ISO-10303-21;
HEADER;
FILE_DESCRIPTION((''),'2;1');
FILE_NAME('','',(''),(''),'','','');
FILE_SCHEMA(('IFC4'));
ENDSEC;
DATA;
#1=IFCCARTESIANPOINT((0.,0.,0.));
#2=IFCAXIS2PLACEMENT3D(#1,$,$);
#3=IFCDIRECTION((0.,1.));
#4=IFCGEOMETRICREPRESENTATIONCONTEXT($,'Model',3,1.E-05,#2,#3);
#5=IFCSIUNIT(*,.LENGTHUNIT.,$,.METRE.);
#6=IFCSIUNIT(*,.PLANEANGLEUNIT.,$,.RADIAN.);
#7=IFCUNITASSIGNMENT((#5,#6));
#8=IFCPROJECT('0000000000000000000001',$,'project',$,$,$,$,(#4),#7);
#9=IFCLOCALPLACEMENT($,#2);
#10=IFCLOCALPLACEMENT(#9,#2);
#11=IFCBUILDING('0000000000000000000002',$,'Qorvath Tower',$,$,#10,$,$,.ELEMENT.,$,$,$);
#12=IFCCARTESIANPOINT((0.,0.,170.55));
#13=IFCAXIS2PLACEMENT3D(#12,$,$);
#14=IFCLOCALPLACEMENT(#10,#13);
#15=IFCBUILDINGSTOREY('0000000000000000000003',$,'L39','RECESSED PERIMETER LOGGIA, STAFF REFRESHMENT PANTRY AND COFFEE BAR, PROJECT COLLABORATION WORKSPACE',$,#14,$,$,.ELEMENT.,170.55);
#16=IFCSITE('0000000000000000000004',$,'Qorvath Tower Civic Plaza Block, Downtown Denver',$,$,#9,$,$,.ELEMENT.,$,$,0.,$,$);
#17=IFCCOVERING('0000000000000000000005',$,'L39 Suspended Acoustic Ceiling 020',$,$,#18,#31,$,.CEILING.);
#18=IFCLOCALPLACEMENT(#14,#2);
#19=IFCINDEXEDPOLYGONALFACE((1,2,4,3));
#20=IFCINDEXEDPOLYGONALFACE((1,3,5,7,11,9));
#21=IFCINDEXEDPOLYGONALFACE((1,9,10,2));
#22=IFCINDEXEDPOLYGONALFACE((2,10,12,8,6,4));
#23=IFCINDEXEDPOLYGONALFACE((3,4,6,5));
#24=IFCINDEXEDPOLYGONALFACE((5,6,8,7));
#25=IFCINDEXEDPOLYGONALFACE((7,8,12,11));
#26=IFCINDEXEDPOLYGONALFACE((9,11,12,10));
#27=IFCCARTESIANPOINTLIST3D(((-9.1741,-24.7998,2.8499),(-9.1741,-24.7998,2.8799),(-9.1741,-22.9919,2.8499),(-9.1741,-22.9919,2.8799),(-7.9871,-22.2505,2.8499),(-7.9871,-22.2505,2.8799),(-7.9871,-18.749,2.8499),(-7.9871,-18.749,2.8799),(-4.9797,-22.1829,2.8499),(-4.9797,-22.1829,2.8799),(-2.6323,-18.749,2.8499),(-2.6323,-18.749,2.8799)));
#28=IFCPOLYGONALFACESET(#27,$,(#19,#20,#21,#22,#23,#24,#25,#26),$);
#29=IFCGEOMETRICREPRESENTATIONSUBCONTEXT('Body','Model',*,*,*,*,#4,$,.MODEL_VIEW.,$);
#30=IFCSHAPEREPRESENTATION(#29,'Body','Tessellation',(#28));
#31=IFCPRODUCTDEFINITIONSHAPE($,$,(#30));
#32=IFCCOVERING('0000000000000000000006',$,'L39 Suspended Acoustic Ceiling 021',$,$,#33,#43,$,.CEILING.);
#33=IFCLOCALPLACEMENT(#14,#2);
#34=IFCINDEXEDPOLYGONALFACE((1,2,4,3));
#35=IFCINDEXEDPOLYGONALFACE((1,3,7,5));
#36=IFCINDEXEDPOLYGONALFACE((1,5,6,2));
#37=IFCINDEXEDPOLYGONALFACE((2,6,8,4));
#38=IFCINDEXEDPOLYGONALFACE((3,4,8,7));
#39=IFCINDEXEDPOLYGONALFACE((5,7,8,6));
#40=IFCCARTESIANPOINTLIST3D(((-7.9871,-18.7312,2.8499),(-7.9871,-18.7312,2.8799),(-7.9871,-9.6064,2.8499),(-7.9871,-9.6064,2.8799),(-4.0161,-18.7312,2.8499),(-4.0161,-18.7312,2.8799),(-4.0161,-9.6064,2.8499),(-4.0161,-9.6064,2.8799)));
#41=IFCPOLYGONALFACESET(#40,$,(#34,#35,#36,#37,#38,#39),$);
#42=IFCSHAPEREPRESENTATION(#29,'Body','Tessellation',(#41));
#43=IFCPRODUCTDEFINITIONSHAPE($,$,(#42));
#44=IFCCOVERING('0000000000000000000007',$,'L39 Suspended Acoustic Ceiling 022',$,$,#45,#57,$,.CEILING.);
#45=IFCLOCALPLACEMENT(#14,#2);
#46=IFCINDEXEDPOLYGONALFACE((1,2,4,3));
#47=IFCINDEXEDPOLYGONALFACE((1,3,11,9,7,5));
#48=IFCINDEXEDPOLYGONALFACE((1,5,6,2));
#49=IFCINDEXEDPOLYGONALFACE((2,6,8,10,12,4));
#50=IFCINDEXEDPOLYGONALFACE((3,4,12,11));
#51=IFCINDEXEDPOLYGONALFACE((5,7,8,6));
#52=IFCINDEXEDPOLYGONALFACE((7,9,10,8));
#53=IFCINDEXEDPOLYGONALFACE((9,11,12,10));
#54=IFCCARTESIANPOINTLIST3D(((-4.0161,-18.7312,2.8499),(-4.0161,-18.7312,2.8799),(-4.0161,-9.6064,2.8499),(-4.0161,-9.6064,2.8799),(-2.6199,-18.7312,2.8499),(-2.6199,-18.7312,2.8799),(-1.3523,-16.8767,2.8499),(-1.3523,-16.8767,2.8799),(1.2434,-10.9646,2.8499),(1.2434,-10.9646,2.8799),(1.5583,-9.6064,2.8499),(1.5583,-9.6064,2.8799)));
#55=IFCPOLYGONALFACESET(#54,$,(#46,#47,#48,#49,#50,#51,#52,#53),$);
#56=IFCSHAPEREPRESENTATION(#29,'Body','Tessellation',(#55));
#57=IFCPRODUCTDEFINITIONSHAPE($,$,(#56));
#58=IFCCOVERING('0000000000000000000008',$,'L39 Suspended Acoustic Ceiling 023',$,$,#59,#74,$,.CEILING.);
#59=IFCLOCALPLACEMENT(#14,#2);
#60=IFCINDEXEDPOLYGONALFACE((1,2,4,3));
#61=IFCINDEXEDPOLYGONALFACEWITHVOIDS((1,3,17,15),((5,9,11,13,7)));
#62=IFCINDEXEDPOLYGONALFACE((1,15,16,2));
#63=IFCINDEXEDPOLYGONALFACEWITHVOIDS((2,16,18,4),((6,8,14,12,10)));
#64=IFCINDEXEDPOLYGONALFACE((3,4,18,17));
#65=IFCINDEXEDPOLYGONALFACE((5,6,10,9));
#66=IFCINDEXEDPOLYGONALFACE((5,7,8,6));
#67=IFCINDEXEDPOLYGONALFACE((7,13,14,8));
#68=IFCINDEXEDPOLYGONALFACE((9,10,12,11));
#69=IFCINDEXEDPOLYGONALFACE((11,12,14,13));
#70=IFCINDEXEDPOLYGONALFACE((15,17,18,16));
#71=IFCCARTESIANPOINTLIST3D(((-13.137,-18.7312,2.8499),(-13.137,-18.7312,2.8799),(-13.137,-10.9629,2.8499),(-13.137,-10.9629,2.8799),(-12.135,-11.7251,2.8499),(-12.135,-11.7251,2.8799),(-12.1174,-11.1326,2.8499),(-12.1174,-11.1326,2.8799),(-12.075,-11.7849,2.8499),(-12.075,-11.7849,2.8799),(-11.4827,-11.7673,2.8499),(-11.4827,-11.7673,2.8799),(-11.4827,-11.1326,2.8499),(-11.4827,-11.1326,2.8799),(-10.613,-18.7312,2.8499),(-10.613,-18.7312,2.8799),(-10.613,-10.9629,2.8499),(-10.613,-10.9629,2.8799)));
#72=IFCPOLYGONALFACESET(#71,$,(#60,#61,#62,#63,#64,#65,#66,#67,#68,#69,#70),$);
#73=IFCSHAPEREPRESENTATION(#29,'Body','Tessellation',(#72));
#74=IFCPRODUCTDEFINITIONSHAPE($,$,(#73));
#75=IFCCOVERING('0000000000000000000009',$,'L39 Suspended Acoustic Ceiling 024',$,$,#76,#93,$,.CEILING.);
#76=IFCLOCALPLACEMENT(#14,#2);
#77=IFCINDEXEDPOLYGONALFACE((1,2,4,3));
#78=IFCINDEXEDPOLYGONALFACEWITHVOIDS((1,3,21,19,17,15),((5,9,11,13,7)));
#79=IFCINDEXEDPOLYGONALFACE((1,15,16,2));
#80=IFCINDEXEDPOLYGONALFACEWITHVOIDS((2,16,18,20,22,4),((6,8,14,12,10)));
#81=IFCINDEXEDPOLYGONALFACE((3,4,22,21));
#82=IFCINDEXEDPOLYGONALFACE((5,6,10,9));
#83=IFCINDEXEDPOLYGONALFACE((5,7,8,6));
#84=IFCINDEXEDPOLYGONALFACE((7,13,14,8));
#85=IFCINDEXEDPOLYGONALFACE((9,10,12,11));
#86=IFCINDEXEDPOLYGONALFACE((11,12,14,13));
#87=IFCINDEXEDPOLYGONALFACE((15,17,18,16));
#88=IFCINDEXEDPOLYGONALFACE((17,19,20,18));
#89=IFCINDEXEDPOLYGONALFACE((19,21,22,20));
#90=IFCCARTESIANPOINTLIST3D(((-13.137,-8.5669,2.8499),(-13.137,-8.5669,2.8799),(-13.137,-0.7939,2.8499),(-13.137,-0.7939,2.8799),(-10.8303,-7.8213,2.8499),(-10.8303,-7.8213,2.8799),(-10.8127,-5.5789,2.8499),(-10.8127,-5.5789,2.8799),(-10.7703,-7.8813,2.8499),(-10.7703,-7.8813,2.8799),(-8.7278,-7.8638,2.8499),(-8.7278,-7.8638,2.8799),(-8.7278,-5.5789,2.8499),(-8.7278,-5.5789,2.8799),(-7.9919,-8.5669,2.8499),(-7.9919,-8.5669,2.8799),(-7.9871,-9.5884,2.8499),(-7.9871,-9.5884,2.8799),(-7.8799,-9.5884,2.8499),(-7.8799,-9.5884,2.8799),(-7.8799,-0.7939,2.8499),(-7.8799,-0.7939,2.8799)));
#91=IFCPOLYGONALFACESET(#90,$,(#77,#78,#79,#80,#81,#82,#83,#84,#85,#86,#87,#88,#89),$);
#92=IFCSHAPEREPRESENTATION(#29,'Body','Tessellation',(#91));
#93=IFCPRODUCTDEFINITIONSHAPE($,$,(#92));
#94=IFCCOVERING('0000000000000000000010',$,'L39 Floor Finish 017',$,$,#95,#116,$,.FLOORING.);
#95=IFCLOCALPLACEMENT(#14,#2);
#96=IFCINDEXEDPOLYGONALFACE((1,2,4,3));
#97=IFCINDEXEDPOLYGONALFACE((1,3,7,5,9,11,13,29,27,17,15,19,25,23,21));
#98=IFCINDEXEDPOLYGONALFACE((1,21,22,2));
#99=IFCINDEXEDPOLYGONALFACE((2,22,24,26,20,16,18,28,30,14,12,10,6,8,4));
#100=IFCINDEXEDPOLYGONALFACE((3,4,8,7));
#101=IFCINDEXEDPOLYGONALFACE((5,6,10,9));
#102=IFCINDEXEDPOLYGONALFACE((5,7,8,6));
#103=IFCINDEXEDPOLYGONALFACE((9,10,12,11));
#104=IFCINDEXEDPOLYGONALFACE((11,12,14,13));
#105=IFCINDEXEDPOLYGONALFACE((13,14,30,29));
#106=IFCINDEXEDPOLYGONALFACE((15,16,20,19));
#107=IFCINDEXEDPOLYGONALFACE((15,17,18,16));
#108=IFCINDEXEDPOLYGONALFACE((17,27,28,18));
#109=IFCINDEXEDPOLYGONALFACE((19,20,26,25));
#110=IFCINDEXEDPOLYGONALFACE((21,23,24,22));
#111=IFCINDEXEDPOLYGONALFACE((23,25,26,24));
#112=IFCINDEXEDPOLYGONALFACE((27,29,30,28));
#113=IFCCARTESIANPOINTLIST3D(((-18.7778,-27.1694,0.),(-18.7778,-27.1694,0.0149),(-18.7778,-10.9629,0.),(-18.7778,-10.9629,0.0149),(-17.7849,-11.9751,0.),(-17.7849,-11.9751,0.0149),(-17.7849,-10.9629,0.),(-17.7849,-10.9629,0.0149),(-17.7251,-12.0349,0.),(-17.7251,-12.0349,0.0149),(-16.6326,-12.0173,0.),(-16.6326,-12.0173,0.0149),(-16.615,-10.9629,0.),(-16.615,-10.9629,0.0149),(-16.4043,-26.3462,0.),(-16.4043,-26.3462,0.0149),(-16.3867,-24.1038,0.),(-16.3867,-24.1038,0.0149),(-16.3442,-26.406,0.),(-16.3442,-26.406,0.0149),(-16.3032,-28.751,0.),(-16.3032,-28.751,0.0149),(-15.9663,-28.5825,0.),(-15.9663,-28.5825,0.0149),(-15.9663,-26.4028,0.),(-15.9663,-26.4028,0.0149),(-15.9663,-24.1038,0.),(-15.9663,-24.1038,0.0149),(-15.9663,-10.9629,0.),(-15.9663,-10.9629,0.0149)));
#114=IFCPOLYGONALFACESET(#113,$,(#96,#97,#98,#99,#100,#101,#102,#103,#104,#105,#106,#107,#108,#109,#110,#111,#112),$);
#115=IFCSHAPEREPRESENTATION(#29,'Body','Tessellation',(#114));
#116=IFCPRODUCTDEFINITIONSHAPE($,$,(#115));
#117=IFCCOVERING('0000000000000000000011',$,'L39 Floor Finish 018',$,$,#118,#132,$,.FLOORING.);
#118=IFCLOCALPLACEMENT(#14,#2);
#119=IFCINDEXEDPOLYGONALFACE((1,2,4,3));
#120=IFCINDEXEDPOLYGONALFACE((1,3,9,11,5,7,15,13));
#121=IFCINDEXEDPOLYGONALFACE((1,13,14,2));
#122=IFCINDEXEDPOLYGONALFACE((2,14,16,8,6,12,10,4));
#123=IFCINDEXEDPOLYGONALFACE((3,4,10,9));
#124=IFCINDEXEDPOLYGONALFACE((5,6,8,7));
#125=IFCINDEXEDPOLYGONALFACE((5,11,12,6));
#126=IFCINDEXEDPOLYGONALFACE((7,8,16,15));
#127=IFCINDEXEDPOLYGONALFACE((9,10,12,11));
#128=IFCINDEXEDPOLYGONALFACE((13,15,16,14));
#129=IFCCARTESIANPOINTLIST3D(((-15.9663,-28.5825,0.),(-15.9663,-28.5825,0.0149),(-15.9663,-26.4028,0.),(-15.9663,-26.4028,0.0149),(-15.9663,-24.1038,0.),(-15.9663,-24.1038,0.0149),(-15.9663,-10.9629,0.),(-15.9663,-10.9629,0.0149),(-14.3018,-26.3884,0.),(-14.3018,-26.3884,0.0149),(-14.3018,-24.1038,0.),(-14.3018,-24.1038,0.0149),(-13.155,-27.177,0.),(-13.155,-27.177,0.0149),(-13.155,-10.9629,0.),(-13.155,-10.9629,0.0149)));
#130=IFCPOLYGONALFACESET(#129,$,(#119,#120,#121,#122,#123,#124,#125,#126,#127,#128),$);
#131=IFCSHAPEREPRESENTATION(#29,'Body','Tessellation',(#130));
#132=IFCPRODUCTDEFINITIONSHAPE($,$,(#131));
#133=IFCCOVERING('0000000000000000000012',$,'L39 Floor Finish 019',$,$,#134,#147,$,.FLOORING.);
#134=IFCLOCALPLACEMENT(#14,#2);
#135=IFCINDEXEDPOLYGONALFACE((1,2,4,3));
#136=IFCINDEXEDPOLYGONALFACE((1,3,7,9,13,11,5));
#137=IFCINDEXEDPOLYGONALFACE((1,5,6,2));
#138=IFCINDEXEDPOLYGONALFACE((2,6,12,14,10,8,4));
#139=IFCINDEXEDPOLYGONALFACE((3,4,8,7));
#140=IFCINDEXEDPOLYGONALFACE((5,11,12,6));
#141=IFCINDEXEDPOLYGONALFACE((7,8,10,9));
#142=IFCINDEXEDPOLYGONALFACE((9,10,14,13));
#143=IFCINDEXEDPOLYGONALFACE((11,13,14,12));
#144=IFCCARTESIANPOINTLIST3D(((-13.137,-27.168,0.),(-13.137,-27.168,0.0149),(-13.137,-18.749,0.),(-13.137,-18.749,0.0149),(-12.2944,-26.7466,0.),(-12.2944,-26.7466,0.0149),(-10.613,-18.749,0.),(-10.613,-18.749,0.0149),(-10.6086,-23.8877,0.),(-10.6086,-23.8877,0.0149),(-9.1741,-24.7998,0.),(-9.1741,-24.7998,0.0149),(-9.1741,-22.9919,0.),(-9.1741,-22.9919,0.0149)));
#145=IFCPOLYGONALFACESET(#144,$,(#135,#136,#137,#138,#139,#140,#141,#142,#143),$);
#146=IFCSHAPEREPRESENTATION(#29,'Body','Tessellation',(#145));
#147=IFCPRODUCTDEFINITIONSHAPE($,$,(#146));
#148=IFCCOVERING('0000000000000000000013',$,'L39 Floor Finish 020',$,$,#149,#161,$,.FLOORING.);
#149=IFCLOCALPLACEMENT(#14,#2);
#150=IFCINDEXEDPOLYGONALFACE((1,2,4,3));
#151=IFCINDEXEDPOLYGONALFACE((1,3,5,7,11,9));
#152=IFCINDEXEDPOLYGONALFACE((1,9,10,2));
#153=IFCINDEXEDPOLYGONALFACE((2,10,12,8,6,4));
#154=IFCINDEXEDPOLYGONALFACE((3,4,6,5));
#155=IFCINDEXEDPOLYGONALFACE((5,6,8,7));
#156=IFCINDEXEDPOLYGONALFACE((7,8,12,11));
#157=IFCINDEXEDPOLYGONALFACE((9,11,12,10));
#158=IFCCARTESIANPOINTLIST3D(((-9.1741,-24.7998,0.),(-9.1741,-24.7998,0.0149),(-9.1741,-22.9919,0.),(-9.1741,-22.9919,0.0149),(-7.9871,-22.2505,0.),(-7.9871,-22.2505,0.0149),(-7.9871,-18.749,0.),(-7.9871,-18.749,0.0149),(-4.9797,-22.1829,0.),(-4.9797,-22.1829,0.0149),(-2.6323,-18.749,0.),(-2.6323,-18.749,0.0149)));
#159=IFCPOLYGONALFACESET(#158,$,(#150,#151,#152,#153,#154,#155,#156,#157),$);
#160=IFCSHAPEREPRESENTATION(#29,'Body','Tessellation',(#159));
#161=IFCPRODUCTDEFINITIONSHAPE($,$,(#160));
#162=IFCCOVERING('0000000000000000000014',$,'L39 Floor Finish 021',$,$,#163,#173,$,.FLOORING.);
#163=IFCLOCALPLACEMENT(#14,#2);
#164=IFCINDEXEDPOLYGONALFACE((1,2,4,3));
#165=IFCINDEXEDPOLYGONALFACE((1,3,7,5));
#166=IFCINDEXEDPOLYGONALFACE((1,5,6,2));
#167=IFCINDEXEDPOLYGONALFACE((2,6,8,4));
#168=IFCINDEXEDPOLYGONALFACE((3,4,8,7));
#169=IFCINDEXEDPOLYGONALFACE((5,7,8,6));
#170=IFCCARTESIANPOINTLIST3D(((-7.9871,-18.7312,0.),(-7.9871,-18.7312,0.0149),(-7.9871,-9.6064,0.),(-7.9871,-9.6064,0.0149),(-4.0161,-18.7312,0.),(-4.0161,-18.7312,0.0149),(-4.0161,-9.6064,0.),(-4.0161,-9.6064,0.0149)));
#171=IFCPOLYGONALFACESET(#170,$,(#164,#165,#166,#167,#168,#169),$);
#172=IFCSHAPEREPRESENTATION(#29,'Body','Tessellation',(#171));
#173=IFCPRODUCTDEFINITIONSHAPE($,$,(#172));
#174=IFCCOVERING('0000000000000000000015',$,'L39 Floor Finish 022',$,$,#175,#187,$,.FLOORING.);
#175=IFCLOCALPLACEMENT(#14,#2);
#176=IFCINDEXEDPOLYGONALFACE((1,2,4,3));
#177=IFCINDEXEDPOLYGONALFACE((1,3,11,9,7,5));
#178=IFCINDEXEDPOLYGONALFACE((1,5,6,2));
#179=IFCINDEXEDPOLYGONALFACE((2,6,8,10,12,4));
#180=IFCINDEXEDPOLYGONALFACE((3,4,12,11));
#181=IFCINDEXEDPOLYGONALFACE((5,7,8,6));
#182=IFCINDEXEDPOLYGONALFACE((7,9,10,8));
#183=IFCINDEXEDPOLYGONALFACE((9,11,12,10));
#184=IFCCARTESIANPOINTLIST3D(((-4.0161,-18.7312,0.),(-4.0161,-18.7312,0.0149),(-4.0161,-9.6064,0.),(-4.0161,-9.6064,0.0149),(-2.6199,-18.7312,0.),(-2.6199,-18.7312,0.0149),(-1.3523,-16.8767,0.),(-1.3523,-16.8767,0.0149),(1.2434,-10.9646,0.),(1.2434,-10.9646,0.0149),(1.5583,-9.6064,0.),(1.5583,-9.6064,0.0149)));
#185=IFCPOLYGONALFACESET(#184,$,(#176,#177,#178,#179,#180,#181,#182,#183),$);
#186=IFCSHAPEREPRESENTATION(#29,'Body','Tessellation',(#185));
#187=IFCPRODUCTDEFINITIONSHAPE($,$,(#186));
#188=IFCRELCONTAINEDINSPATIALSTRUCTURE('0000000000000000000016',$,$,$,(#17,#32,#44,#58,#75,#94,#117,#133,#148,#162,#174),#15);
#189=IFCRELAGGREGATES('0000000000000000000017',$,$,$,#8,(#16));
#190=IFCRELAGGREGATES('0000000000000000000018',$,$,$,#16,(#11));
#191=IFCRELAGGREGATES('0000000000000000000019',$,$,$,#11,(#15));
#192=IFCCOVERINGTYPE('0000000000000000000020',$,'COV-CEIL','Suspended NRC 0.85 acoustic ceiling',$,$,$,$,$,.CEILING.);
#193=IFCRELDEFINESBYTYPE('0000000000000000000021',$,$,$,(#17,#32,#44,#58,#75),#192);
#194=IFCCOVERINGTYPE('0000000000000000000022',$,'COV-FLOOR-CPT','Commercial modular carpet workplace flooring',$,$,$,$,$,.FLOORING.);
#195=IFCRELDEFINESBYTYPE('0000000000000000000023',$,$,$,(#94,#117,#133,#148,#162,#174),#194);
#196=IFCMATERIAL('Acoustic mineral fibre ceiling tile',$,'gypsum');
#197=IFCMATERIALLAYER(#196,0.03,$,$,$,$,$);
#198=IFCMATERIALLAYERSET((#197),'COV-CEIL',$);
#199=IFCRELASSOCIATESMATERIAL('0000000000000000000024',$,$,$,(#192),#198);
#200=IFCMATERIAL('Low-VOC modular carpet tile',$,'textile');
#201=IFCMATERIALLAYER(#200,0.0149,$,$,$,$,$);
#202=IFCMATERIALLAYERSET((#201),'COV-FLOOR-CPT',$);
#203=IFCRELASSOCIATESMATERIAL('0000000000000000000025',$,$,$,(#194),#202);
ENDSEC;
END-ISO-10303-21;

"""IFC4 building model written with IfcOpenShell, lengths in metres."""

from ifc_helpers import new_model, si_unit, direction, frame, origin, place, context, subcontext, project, spatial, polyline, outline, extrude, material, layer, layer_set, type_object, element, save


model = new_model("IFC4")

# Units and contexts
model_context = context("Model", 3, precision=1e-05, world=origin(), true_north=direction((0.0, 1.0)))
body_context = subcontext(model_context, "Body", "Model", "MODEL_VIEW")
ifc_project = project(units=[si_unit("LENGTHUNIT", "METRE"), si_unit("PLANEANGLEUNIT", "RADIAN")], contexts=[model_context])

# Site, building, storey
site_placement = place(None, origin())
site = spatial("IfcSite", under=ifc_project, at=site_placement, Name="Qorvath Tower Civic Plaza Block, Downtown Denver", CompositionType="ELEMENT", RefElevation=0.0)
building_placement = place(site_placement, origin())
building = spatial("IfcBuilding", under=site, at=building_placement, Name="Qorvath Tower", CompositionType="ELEMENT")
storey_placement = place(building_placement, frame((0.0, 0.0, 170.55)))
storey = spatial("IfcBuildingStorey", under=building, at=storey_placement, Name="L39", Description="RECESSED PERIMETER LOGGIA, STAFF REFRESHMENT PANTRY AND COFFEE BAR, PROJECT COLLABORATION WORKSPACE", CompositionType="ELEMENT", Elevation=170.55)

# Coverings
ifc_material_1 = material(Name="Acoustic mineral fibre ceiling tile", Category="gypsum")
ifc_layer_1 = layer(ifc_material_1, 0.03)
ifc_layer_set_1 = layer_set([ifc_layer_1], Name="COV-CEIL")
covering_type_1 = type_object("IfcCoveringType", Name="COV-CEIL", Description="Suspended NRC 0.85 acoustic ceiling", PredefinedType="CEILING", material=ifc_layer_set_1)
covering_1_placement = place(storey_placement, frame((0.0, 0.0, 2.8499)))
element("IfcCovering", 1, at=covering_1_placement, inside=storey, type_object=covering_type_1, Name="L39 Suspended Acoustic Ceiling 020", PredefinedType="CEILING", context=body_context, shape_type="SweptSolid", body=[
    extrude(outline(polyline([(-9.1741, -22.9919), (-9.1741, -24.7998), (-4.9797, -22.1829), (-2.6323, -18.749), (-7.9871, -18.749), (-7.9871, -22.2505), (-9.1741, -22.9919)])), origin(), (0.0, 0.0, 1.0), 0.03),
])
covering_2_placement = place(storey_placement, frame((0.0, 0.0, 2.8499)))
element("IfcCovering", 2, at=covering_2_placement, inside=storey, type_object=covering_type_1, Name="L39 Suspended Acoustic Ceiling 021", PredefinedType="CEILING", context=body_context, shape_type="SweptSolid", body=[
    extrude(outline(polyline([(-7.9871, -18.7312), (-4.0161, -18.7312), (-4.0161, -9.6064), (-7.9871, -9.6064), (-7.9871, -18.7312)])), origin(), (0.0, 0.0, 1.0), 0.03),
])
covering_3_placement = place(storey_placement, frame((0.0, 0.0, 2.8499)))
element("IfcCovering", 3, at=covering_3_placement, inside=storey, type_object=covering_type_1, Name="L39 Suspended Acoustic Ceiling 022", PredefinedType="CEILING", context=body_context, shape_type="SweptSolid", body=[
    extrude(outline(polyline([(-4.0161, -9.6064), (-4.0161, -18.7312), (-2.6199, -18.7312), (-1.3523, -16.8767), (1.2434, -10.9646), (1.5583, -9.6064), (-4.0161, -9.6064)])), origin(), (0.0, 0.0, 1.0), 0.03),
])
covering_4_placement = place(storey_placement, frame((0.0, 0.0, 2.8499)))
element("IfcCovering", 4, at=covering_4_placement, inside=storey, type_object=covering_type_1, Name="L39 Suspended Acoustic Ceiling 023", PredefinedType="CEILING", context=body_context, shape_type="SweptSolid", body=[
    extrude(outline(polyline([(-13.137, -10.9629), (-13.137, -18.7312), (-10.613, -18.7312), (-10.613, -10.9629), (-13.137, -10.9629)]), holes=[polyline([(-12.1174, -11.1326), (-11.4827, -11.1326), (-11.4827, -11.7673), (-12.075, -11.7849), (-12.135, -11.7251), (-12.1174, -11.1326)])]), origin(), (0.0, 0.0, 1.0), 0.03),
])
covering_5_placement = place(storey_placement, frame((0.0, 0.0, 2.8499)))
element("IfcCovering", 5, at=covering_5_placement, inside=storey, type_object=covering_type_1, Name="L39 Suspended Acoustic Ceiling 024", PredefinedType="CEILING", context=body_context, shape_type="SweptSolid", body=[
    extrude(outline(polyline([(-7.8799, -9.5884), (-7.8799, -0.7939), (-13.137, -0.7939), (-13.137, -8.5669), (-7.9919, -8.5669), (-7.9871, -9.5884), (-7.8799, -9.5884)]), holes=[polyline([(-10.8303, -7.8213), (-10.8127, -5.5789), (-8.7278, -5.5789), (-8.7278, -7.8638), (-10.7703, -7.8813), (-10.8303, -7.8213)])]), origin(), (0.0, 0.0, 1.0), 0.03),
])
ifc_material_2 = material(Name="Low-VOC modular carpet tile", Category="textile")
ifc_layer_2 = layer(ifc_material_2, 0.0149)
ifc_layer_set_2 = layer_set([ifc_layer_2], Name="COV-FLOOR-CPT")
covering_type_2 = type_object("IfcCoveringType", Name="COV-FLOOR-CPT", Description="Commercial modular carpet workplace flooring", PredefinedType="FLOORING", material=ifc_layer_set_2)
covering_6_placement = place(storey_placement, origin())
element("IfcCovering", 6, at=covering_6_placement, inside=storey, type_object=covering_type_2, Name="L39 Floor Finish 017", PredefinedType="FLOORING", context=body_context, shape_type="SweptSolid", body=[
    extrude(outline(polyline([(-15.9663, -28.5825), (-15.9663, -26.4028), (-16.3442, -26.406), (-16.4043, -26.3462), (-16.3867, -24.1038), (-15.9663, -24.1038), (-15.9663, -10.9629), (-16.615, -10.9629), (-16.6326, -12.0173), (-17.7251, -12.0349), (-17.7849, -11.9751), (-17.7849, -10.9629), (-18.7778, -10.9629), (-18.7778, -27.1694), (-16.3032, -28.751), (-15.9663, -28.5825)])), origin(), (0.0, 0.0, 1.0), 0.0149),
])
covering_7_placement = place(storey_placement, origin())
element("IfcCovering", 7, at=covering_7_placement, inside=storey, type_object=covering_type_2, Name="L39 Floor Finish 018", PredefinedType="FLOORING", context=body_context, shape_type="SweptSolid", body=[
    extrude(outline(polyline([(-13.155, -27.177), (-13.155, -10.9629), (-15.9663, -10.9629), (-15.9663, -24.1038), (-14.3018, -24.1038), (-14.3018, -26.3884), (-15.9663, -26.4028), (-15.9663, -28.5825), (-13.155, -27.177)])), origin(), (0.0, 0.0, 1.0), 0.0149),
])
covering_8_placement = place(storey_placement, origin())
element("IfcCovering", 8, at=covering_8_placement, inside=storey, type_object=covering_type_2, Name="L39 Floor Finish 019", PredefinedType="FLOORING", context=body_context, shape_type="SweptSolid", body=[
    extrude(outline(polyline([(-13.137, -18.749), (-13.137, -27.168), (-12.2944, -26.7466), (-9.1741, -24.7998), (-9.1741, -22.9919), (-10.6086, -23.8877), (-10.613, -18.749), (-13.137, -18.749)])), origin(), (0.0, 0.0, 1.0), 0.0149),
])
covering_9_placement = place(storey_placement, origin())
element("IfcCovering", 9, at=covering_9_placement, inside=storey, type_object=covering_type_2, Name="L39 Floor Finish 020", PredefinedType="FLOORING", context=body_context, shape_type="SweptSolid", body=[
    extrude(outline(polyline([(-9.1741, -22.9919), (-9.1741, -24.7998), (-4.9797, -22.1829), (-2.6323, -18.749), (-7.9871, -18.749), (-7.9871, -22.2505), (-9.1741, -22.9919)])), origin(), (0.0, 0.0, 1.0), 0.0149),
])
covering_10_placement = place(storey_placement, origin())
element("IfcCovering", 10, at=covering_10_placement, inside=storey, type_object=covering_type_2, Name="L39 Floor Finish 021", PredefinedType="FLOORING", context=body_context, shape_type="SweptSolid", body=[
    extrude(outline(polyline([(-7.9871, -18.7312), (-4.0161, -18.7312), (-4.0161, -9.6064), (-7.9871, -9.6064), (-7.9871, -18.7312)])), origin(), (0.0, 0.0, 1.0), 0.0149),
])
covering_11_placement = place(storey_placement, origin())
element("IfcCovering", 11, at=covering_11_placement, inside=storey, type_object=covering_type_2, Name="L39 Floor Finish 022", PredefinedType="FLOORING", context=body_context, shape_type="SweptSolid", body=[
    extrude(outline(polyline([(-4.0161, -9.6064), (-4.0161, -18.7312), (-2.6199, -18.7312), (-1.3523, -16.8767), (1.2434, -10.9646), (1.5583, -9.6064), (-4.0161, -9.6064)])), origin(), (0.0, 0.0, 1.0), 0.0149),
])

save(model, "model.ifc")
